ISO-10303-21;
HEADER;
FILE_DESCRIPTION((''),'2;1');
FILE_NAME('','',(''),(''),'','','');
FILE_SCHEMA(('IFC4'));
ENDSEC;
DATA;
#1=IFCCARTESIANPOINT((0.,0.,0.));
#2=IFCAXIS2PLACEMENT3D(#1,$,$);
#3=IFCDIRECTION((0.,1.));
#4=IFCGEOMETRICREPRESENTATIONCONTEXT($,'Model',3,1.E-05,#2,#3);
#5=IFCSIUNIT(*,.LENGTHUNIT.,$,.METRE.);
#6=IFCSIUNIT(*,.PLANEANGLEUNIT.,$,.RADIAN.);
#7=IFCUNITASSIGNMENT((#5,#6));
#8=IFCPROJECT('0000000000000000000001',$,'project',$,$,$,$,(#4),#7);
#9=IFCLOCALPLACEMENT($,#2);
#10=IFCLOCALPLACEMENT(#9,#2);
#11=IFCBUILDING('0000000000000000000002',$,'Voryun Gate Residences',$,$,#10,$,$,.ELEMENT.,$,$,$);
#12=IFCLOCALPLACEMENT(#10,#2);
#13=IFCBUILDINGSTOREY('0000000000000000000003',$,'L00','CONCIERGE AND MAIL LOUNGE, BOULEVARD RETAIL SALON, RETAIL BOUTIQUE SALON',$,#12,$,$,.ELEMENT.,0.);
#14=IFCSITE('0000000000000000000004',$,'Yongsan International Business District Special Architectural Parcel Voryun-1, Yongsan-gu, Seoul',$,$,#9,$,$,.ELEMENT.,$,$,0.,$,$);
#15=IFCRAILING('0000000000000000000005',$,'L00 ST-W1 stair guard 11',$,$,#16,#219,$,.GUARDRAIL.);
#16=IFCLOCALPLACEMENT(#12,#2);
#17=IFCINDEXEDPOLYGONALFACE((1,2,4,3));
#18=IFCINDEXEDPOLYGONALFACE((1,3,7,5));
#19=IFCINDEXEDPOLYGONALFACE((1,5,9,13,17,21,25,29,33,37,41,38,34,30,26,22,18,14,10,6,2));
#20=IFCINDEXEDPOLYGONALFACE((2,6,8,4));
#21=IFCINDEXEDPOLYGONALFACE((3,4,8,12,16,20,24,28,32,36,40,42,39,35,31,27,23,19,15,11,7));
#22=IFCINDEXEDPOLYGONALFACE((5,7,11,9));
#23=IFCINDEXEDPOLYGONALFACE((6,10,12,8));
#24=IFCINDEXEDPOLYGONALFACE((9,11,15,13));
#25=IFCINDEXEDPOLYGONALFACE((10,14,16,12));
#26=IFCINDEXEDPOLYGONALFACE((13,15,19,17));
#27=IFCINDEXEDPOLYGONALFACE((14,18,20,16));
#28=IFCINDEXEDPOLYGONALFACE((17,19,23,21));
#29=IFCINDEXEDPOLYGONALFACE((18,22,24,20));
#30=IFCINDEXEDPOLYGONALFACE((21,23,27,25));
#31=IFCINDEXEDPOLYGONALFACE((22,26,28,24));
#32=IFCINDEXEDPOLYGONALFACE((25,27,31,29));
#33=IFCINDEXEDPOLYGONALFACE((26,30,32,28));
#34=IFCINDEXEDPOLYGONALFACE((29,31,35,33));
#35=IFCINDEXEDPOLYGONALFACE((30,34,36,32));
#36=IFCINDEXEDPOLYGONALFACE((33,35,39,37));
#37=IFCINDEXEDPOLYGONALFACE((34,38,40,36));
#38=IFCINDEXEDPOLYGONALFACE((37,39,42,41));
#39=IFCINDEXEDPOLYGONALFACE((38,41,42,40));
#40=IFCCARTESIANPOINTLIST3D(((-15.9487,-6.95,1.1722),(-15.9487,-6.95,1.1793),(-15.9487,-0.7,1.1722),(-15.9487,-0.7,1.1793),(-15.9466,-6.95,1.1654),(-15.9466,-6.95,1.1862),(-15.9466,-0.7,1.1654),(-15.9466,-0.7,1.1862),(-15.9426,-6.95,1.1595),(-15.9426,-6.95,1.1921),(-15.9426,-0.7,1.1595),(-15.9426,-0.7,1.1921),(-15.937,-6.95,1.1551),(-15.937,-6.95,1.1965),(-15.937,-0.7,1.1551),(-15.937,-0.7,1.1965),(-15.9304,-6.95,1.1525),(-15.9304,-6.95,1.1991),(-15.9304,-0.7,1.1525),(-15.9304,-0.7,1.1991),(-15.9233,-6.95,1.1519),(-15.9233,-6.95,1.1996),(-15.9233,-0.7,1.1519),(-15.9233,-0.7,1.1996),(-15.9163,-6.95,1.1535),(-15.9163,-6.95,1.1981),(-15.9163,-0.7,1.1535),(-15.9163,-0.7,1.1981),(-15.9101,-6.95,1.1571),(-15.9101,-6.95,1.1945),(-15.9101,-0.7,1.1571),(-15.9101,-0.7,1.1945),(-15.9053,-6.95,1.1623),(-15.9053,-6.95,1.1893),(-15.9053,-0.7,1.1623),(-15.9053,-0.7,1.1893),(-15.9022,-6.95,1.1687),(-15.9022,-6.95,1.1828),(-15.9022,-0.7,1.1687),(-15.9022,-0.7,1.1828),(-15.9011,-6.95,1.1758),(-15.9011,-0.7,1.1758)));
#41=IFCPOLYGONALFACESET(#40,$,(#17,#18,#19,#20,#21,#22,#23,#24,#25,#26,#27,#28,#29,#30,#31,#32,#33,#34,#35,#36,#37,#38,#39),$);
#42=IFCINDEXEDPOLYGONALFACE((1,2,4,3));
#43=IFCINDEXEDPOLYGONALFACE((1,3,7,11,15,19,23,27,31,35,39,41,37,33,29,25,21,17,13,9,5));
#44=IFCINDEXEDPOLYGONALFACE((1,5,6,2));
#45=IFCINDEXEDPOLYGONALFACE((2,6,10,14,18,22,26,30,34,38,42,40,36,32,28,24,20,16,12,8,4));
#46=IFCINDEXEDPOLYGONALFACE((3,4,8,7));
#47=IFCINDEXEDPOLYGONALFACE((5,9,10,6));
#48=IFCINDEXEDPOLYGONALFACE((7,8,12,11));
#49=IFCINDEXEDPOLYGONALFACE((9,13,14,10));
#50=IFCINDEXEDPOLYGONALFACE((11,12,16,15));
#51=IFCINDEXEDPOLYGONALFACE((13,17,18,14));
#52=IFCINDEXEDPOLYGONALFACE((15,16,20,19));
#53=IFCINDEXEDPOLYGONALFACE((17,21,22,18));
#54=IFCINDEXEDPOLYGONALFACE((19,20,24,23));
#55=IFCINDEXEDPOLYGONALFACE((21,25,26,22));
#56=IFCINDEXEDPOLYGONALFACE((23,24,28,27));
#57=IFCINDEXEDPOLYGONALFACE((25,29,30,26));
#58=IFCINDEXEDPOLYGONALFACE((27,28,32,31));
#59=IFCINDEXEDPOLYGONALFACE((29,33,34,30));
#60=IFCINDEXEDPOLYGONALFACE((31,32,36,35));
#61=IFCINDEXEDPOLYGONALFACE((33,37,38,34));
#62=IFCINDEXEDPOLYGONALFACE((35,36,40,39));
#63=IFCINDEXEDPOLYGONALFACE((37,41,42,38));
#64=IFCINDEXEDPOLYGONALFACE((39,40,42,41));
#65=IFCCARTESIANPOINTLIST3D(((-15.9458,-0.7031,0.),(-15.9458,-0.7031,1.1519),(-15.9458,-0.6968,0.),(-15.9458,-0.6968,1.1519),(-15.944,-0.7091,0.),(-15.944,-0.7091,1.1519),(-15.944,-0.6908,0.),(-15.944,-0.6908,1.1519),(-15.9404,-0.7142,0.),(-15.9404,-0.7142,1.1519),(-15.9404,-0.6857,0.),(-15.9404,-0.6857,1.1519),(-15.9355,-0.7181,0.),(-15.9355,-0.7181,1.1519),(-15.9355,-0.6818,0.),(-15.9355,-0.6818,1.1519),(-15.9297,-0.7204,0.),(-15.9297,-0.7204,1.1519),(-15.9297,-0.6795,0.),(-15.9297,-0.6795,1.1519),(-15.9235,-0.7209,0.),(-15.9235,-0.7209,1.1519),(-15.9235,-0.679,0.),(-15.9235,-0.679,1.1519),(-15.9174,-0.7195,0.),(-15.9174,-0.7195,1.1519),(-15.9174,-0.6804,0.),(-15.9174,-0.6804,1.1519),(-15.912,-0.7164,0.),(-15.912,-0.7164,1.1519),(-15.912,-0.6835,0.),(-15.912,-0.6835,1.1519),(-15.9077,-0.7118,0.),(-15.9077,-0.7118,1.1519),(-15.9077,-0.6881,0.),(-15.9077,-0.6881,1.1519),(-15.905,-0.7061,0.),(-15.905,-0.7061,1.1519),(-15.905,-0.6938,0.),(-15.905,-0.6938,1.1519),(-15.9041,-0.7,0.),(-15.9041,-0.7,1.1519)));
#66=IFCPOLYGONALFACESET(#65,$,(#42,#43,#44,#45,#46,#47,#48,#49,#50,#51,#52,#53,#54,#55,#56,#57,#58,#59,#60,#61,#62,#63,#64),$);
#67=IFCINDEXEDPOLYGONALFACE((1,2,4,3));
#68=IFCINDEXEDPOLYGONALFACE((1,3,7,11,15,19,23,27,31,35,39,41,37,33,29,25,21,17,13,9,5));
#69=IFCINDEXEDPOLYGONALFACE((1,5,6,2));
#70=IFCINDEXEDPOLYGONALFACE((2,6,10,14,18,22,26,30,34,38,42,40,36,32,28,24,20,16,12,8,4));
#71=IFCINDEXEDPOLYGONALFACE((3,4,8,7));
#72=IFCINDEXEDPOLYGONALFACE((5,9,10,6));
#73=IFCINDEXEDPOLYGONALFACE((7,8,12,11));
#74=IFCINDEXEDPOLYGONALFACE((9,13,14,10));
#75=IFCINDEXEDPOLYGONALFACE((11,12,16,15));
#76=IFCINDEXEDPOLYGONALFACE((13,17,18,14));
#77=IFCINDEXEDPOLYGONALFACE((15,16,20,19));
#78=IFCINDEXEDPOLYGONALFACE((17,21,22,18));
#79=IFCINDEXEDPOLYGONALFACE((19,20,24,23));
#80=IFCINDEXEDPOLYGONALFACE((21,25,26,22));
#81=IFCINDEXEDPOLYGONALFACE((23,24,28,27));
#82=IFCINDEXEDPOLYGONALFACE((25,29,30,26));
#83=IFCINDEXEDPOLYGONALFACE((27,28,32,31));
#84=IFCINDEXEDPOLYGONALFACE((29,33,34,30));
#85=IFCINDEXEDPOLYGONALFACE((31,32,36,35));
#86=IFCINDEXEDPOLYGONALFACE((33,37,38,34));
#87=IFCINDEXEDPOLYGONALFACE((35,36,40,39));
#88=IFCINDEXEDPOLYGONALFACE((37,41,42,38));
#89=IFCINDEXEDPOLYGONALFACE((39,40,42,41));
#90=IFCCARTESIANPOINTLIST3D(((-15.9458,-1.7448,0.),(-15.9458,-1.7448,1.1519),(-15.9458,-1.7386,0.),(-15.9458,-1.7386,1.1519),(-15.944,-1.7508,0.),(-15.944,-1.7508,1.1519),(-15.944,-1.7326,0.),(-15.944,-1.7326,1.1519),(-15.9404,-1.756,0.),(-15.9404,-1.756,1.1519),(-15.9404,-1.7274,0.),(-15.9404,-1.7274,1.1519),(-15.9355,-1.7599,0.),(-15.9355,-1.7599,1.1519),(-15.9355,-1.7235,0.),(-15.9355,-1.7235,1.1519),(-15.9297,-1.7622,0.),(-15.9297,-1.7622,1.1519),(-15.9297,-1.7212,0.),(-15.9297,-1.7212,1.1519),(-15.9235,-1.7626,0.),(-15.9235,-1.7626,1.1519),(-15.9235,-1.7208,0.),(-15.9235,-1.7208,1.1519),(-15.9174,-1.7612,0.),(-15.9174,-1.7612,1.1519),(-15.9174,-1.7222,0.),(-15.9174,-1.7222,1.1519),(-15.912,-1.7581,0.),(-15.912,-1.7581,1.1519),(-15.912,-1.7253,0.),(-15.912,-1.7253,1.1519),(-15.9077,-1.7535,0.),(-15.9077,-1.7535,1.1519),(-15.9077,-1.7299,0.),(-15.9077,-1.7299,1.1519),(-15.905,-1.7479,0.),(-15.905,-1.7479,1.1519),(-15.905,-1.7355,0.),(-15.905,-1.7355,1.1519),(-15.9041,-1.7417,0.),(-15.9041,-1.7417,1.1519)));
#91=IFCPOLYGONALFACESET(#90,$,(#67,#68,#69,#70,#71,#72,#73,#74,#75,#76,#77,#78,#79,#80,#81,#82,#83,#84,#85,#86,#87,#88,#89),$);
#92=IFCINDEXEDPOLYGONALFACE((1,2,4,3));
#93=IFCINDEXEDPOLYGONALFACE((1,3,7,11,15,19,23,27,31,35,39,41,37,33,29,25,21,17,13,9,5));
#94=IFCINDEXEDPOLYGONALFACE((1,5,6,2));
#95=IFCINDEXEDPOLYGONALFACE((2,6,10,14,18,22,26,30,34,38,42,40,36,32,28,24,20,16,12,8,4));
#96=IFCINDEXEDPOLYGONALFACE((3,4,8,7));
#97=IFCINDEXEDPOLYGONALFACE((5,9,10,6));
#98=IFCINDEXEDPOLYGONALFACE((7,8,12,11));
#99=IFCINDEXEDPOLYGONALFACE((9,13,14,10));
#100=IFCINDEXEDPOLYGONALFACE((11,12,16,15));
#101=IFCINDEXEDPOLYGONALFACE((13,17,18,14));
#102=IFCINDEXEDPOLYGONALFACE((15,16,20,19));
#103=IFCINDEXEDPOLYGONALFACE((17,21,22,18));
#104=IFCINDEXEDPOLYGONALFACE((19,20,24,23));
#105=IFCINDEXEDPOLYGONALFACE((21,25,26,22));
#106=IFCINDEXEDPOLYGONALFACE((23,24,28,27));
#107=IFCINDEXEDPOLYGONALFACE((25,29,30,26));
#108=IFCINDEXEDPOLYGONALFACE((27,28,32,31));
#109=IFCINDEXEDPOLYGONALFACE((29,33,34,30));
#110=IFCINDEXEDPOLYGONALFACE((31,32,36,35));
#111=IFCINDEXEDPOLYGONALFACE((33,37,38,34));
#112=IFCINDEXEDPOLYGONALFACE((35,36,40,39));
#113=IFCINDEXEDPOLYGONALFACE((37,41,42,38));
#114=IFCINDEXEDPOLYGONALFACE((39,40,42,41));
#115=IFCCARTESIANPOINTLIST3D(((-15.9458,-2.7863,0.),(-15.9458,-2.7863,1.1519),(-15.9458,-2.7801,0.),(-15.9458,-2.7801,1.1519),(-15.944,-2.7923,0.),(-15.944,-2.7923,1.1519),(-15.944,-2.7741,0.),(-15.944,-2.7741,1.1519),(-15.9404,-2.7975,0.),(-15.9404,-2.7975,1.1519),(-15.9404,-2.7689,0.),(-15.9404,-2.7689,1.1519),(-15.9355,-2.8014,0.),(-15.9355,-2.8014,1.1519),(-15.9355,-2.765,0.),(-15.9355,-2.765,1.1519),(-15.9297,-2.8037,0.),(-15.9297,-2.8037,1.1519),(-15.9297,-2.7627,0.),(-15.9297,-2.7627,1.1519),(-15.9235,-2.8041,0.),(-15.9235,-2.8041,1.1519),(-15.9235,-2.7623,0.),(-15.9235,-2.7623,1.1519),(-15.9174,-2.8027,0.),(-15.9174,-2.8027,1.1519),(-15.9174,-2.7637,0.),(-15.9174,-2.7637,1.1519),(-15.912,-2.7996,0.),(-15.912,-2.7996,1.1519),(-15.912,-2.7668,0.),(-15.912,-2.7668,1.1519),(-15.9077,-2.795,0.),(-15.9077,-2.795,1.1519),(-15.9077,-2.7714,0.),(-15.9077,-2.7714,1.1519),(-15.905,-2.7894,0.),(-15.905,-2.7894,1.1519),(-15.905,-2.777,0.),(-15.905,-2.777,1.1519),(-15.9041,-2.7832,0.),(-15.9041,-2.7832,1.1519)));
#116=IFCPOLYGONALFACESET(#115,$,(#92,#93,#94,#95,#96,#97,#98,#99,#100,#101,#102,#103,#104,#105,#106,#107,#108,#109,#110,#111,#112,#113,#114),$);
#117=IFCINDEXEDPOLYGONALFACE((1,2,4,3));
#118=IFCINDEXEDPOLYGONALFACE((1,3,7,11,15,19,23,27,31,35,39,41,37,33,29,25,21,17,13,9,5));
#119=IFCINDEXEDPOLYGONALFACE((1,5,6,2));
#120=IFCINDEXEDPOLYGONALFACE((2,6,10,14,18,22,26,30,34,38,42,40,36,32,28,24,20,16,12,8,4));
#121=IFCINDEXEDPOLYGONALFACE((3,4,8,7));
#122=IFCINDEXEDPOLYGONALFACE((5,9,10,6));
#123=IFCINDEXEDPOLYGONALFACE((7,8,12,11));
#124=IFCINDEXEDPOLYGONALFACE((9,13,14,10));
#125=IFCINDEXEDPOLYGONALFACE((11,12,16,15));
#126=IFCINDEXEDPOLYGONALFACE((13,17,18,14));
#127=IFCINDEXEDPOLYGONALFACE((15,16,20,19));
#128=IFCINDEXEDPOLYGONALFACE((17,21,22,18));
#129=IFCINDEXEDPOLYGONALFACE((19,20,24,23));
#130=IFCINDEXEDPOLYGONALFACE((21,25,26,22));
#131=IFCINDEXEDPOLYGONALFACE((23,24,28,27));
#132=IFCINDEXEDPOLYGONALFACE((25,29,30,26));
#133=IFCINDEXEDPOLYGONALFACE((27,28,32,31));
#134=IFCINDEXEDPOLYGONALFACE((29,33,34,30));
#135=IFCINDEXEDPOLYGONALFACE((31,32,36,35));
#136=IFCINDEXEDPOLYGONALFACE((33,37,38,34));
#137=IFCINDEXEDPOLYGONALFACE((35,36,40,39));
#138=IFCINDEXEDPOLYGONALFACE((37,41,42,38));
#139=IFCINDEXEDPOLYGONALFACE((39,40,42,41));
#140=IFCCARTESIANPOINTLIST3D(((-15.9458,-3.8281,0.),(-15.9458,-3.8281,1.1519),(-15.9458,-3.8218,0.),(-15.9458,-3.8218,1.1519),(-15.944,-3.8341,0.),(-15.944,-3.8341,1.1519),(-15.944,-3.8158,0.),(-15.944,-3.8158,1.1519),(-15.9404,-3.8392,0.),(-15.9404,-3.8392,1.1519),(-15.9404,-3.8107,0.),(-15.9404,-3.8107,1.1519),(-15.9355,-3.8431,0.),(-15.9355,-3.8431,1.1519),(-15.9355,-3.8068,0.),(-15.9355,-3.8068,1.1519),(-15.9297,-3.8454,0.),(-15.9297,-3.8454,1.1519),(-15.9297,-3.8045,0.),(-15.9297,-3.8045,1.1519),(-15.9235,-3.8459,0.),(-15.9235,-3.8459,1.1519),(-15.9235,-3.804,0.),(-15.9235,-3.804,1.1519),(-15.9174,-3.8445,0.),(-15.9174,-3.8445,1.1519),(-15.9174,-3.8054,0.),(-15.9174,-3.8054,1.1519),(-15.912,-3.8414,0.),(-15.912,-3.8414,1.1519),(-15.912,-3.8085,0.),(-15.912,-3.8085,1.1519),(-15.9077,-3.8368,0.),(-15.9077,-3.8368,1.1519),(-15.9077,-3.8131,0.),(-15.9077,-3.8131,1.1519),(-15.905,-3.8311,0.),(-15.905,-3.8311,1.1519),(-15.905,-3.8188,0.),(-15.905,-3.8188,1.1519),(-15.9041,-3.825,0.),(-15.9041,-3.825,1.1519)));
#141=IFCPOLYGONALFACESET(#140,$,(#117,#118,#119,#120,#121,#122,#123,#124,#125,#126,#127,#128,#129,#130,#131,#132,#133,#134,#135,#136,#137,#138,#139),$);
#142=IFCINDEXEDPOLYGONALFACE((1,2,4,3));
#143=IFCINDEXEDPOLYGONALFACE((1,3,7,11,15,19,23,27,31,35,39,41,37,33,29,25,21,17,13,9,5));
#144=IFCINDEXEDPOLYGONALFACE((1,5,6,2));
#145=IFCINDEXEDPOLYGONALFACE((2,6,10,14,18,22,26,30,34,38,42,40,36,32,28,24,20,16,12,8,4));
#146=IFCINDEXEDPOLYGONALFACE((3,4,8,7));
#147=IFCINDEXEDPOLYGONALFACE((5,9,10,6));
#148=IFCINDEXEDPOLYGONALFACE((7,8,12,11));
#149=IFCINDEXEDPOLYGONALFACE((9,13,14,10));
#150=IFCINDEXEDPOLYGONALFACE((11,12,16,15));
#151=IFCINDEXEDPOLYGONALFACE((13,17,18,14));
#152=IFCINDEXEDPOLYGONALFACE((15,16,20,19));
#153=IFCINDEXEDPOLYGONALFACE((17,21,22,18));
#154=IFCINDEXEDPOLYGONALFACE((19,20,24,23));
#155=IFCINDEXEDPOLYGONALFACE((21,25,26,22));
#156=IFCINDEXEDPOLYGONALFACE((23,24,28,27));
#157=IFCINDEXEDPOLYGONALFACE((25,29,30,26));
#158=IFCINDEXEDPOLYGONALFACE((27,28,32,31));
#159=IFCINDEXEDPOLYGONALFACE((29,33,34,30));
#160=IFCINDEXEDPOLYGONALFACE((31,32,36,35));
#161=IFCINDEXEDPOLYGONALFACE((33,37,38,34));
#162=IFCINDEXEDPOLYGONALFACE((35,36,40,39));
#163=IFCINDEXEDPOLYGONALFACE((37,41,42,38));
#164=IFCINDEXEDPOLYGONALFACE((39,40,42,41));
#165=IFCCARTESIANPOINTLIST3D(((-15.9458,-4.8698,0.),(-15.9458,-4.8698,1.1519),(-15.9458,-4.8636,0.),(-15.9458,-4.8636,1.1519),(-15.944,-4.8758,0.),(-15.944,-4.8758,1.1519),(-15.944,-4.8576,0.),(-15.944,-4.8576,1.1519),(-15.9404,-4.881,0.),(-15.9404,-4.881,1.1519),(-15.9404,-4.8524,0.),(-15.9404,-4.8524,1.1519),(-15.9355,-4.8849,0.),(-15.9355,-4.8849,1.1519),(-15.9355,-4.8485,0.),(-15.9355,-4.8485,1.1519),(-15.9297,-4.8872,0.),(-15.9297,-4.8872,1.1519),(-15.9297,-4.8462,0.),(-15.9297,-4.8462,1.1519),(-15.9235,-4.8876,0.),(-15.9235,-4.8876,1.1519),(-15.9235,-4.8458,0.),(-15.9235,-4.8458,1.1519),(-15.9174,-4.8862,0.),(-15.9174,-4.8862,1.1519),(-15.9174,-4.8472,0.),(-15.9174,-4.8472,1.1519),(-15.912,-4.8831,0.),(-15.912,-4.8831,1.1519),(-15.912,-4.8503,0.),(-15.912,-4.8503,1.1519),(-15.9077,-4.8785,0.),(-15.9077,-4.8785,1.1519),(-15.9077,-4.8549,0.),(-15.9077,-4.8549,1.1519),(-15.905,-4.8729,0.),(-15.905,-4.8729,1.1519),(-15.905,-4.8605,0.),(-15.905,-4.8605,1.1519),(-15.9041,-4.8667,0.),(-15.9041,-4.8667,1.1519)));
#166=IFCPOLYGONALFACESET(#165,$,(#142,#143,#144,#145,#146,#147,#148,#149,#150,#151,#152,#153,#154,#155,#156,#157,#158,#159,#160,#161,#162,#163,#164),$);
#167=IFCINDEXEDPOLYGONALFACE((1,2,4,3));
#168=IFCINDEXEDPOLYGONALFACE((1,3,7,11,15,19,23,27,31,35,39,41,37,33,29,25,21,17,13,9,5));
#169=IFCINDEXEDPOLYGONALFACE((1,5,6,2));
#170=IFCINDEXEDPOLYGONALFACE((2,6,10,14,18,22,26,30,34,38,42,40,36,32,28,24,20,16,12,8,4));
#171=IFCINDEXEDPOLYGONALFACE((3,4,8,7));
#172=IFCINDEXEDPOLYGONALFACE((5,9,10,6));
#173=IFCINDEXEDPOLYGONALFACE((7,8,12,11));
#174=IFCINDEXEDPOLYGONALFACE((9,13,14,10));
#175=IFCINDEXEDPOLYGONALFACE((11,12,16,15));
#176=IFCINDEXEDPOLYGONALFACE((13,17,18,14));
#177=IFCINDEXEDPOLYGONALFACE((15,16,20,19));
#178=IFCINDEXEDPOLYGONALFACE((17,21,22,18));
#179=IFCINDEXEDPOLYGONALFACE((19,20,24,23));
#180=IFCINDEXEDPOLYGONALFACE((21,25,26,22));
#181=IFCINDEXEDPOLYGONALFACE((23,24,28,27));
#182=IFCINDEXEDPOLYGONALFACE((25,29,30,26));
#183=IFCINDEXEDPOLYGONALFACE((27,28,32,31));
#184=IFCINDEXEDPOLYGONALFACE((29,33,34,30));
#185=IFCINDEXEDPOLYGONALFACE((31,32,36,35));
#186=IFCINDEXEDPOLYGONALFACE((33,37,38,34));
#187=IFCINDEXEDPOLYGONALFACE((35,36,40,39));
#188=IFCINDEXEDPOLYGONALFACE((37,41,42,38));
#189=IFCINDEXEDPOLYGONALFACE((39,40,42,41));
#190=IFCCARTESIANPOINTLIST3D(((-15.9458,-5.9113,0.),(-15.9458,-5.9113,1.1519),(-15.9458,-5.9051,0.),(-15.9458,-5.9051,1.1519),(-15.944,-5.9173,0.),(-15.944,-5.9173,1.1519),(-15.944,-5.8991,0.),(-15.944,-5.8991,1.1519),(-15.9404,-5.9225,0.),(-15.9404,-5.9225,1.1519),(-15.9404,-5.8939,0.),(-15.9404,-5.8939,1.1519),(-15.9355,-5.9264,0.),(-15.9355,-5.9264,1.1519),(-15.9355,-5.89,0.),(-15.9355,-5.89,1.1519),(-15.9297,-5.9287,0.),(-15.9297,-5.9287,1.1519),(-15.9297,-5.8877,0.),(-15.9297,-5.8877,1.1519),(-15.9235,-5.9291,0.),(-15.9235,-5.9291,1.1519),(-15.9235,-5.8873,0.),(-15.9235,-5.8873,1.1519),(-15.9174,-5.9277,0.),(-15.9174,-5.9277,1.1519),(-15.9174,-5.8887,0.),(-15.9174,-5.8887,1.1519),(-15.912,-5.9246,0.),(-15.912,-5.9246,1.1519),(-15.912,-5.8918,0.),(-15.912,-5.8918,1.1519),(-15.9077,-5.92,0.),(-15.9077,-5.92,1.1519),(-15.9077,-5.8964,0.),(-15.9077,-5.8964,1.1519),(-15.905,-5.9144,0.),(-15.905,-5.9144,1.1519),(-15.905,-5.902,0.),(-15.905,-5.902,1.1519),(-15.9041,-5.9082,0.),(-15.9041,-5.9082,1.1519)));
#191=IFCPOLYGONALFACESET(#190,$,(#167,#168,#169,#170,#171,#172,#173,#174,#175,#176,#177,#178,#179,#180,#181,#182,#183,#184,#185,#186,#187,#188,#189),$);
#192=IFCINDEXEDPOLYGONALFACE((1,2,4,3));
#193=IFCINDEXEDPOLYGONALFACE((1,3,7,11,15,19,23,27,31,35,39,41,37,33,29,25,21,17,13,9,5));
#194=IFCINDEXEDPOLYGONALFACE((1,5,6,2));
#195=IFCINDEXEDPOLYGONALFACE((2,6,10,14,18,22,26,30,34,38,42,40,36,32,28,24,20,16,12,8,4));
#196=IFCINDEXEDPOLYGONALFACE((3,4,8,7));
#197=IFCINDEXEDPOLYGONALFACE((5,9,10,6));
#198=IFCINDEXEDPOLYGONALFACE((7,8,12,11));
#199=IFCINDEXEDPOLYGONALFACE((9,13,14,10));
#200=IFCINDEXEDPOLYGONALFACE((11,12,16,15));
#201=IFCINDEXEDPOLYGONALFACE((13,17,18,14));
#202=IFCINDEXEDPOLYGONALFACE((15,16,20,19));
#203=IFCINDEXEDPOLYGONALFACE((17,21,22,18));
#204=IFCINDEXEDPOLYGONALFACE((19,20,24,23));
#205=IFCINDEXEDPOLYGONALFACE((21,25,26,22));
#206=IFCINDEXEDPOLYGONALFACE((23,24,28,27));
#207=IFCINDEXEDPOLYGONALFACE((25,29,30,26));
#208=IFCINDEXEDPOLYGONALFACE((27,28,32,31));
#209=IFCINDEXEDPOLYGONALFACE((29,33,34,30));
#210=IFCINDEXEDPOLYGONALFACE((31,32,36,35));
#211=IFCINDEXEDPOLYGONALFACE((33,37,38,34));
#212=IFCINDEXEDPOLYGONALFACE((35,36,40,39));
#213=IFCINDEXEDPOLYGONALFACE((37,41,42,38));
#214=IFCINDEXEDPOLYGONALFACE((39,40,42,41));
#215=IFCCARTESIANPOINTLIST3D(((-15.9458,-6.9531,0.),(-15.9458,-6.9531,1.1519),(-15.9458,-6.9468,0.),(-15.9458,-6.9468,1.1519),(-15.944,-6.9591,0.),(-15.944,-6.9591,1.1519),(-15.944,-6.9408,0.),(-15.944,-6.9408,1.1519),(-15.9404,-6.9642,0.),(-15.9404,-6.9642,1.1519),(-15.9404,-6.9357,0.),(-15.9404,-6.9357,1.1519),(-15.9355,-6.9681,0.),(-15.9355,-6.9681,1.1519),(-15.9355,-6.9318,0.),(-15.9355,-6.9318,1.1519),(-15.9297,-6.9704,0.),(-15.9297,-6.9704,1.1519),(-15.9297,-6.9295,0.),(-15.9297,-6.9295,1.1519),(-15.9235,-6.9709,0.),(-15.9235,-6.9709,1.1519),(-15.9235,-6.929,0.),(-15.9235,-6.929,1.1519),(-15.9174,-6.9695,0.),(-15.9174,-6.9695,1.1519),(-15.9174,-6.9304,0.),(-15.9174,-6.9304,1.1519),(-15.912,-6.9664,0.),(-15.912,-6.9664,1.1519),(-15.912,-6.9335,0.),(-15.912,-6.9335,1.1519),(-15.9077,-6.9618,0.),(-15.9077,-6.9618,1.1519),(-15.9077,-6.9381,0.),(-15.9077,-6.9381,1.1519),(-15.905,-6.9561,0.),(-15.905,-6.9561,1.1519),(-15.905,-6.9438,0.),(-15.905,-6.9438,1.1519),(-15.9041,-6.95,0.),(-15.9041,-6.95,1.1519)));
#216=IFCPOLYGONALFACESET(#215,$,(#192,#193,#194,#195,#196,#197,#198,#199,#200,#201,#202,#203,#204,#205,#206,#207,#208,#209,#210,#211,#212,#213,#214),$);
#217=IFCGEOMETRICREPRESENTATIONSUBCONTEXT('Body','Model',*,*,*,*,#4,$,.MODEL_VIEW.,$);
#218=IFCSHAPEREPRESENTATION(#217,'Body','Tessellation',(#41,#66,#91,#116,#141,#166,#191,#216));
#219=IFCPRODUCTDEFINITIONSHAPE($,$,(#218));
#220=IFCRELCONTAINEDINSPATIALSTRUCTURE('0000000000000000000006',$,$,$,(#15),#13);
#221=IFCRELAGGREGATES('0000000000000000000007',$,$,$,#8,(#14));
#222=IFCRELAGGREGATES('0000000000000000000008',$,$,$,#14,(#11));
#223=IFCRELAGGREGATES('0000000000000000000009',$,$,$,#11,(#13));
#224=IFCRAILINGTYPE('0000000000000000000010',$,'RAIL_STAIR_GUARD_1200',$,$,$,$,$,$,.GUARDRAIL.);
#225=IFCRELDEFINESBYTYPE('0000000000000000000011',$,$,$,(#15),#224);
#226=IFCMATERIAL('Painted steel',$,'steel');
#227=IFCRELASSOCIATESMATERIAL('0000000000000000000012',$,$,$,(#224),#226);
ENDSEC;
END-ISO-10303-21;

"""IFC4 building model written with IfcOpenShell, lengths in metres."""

from ifc_helpers import new_model, si_unit, direction, frame, origin, origin_2d, place, context, subcontext, project, spatial, circle, extrude, material, type_object, element, save


model = new_model("IFC4")

# Units and contexts
model_context = context("Model", 3, precision=1e-05, world=origin(), true_north=direction((0.0, 1.0)))
body_context = subcontext(model_context, "Body", "Model", "MODEL_VIEW")
ifc_project = project(units=[si_unit("LENGTHUNIT", "METRE"), si_unit("PLANEANGLEUNIT", "RADIAN")], contexts=[model_context])

# Site, building, storey
site_placement = place(None, origin())
site = spatial("IfcSite", under=ifc_project, at=site_placement, Name="Yongsan International Business District Special Architectural Parcel Voryun-1, Yongsan-gu, Seoul", CompositionType="ELEMENT", RefElevation=0.0)
building_placement = place(site_placement, origin())
building = spatial("IfcBuilding", under=site, at=building_placement, Name="Voryun Gate Residences", CompositionType="ELEMENT")
storey_placement = place(building_placement, origin())
storey = spatial("IfcBuildingStorey", under=building, at=storey_placement, Name="L00", Description="CONCIERGE AND MAIL LOUNGE, BOULEVARD RETAIL SALON, RETAIL BOUTIQUE SALON", CompositionType="ELEMENT", Elevation=0.0)

# Railing
ifc_material_1 = material(Name="Painted steel", Category="steel")
railing_type = type_object("IfcRailingType", Name="RAIL_STAIR_GUARD_1200", PredefinedType="GUARDRAIL", material=ifc_material_1)
railing_1_placement = place(storey_placement, frame((-15.925, -0.7, 0.0)))
element("IfcRailing", 1, at=railing_1_placement, inside=storey, type_object=railing_type, Name="L00 ST-W1 stair guard 11", PredefinedType="GUARDRAIL", context=body_context, shape_type="SweptSolid", body=[
    extrude(circle(Radius=0.0239, at=origin_2d()), frame((0.0, 0.0, 1.1758), z_axis=(0.0, -1.0, 0.0), x_axis=(1.0, 0.0, 0.0)), (0.0, 0.0, 1.0), 6.25),
    extrude(circle(Radius=0.021, at=origin_2d()), origin(), (0.0, 0.0, 1.0), 1.1519),
    extrude(circle(Radius=0.021, at=origin_2d()), frame((0.0, -1.0417, 0.0)), (0.0, 0.0, 1.0), 1.1519),
    extrude(circle(Radius=0.021, at=origin_2d()), frame((0.0, -2.0833, 0.0)), (0.0, 0.0, 1.0), 1.1519),
    extrude(circle(Radius=0.021, at=origin_2d()), frame((0.0, -3.125, 0.0)), (0.0, 0.0, 1.0), 1.1519),
    extrude(circle(Radius=0.021, at=origin_2d()), frame((0.0, -4.1667, 0.0)), (0.0, 0.0, 1.0), 1.1519),
    extrude(circle(Radius=0.021, at=origin_2d()), frame((0.0, -5.2083, 0.0)), (0.0, 0.0, 1.0), 1.1519),
    extrude(circle(Radius=0.021, at=origin_2d()), frame((0.0, -6.25, 0.0)), (0.0, 0.0, 1.0), 1.1519),
])

save(model, "model.ifc")
